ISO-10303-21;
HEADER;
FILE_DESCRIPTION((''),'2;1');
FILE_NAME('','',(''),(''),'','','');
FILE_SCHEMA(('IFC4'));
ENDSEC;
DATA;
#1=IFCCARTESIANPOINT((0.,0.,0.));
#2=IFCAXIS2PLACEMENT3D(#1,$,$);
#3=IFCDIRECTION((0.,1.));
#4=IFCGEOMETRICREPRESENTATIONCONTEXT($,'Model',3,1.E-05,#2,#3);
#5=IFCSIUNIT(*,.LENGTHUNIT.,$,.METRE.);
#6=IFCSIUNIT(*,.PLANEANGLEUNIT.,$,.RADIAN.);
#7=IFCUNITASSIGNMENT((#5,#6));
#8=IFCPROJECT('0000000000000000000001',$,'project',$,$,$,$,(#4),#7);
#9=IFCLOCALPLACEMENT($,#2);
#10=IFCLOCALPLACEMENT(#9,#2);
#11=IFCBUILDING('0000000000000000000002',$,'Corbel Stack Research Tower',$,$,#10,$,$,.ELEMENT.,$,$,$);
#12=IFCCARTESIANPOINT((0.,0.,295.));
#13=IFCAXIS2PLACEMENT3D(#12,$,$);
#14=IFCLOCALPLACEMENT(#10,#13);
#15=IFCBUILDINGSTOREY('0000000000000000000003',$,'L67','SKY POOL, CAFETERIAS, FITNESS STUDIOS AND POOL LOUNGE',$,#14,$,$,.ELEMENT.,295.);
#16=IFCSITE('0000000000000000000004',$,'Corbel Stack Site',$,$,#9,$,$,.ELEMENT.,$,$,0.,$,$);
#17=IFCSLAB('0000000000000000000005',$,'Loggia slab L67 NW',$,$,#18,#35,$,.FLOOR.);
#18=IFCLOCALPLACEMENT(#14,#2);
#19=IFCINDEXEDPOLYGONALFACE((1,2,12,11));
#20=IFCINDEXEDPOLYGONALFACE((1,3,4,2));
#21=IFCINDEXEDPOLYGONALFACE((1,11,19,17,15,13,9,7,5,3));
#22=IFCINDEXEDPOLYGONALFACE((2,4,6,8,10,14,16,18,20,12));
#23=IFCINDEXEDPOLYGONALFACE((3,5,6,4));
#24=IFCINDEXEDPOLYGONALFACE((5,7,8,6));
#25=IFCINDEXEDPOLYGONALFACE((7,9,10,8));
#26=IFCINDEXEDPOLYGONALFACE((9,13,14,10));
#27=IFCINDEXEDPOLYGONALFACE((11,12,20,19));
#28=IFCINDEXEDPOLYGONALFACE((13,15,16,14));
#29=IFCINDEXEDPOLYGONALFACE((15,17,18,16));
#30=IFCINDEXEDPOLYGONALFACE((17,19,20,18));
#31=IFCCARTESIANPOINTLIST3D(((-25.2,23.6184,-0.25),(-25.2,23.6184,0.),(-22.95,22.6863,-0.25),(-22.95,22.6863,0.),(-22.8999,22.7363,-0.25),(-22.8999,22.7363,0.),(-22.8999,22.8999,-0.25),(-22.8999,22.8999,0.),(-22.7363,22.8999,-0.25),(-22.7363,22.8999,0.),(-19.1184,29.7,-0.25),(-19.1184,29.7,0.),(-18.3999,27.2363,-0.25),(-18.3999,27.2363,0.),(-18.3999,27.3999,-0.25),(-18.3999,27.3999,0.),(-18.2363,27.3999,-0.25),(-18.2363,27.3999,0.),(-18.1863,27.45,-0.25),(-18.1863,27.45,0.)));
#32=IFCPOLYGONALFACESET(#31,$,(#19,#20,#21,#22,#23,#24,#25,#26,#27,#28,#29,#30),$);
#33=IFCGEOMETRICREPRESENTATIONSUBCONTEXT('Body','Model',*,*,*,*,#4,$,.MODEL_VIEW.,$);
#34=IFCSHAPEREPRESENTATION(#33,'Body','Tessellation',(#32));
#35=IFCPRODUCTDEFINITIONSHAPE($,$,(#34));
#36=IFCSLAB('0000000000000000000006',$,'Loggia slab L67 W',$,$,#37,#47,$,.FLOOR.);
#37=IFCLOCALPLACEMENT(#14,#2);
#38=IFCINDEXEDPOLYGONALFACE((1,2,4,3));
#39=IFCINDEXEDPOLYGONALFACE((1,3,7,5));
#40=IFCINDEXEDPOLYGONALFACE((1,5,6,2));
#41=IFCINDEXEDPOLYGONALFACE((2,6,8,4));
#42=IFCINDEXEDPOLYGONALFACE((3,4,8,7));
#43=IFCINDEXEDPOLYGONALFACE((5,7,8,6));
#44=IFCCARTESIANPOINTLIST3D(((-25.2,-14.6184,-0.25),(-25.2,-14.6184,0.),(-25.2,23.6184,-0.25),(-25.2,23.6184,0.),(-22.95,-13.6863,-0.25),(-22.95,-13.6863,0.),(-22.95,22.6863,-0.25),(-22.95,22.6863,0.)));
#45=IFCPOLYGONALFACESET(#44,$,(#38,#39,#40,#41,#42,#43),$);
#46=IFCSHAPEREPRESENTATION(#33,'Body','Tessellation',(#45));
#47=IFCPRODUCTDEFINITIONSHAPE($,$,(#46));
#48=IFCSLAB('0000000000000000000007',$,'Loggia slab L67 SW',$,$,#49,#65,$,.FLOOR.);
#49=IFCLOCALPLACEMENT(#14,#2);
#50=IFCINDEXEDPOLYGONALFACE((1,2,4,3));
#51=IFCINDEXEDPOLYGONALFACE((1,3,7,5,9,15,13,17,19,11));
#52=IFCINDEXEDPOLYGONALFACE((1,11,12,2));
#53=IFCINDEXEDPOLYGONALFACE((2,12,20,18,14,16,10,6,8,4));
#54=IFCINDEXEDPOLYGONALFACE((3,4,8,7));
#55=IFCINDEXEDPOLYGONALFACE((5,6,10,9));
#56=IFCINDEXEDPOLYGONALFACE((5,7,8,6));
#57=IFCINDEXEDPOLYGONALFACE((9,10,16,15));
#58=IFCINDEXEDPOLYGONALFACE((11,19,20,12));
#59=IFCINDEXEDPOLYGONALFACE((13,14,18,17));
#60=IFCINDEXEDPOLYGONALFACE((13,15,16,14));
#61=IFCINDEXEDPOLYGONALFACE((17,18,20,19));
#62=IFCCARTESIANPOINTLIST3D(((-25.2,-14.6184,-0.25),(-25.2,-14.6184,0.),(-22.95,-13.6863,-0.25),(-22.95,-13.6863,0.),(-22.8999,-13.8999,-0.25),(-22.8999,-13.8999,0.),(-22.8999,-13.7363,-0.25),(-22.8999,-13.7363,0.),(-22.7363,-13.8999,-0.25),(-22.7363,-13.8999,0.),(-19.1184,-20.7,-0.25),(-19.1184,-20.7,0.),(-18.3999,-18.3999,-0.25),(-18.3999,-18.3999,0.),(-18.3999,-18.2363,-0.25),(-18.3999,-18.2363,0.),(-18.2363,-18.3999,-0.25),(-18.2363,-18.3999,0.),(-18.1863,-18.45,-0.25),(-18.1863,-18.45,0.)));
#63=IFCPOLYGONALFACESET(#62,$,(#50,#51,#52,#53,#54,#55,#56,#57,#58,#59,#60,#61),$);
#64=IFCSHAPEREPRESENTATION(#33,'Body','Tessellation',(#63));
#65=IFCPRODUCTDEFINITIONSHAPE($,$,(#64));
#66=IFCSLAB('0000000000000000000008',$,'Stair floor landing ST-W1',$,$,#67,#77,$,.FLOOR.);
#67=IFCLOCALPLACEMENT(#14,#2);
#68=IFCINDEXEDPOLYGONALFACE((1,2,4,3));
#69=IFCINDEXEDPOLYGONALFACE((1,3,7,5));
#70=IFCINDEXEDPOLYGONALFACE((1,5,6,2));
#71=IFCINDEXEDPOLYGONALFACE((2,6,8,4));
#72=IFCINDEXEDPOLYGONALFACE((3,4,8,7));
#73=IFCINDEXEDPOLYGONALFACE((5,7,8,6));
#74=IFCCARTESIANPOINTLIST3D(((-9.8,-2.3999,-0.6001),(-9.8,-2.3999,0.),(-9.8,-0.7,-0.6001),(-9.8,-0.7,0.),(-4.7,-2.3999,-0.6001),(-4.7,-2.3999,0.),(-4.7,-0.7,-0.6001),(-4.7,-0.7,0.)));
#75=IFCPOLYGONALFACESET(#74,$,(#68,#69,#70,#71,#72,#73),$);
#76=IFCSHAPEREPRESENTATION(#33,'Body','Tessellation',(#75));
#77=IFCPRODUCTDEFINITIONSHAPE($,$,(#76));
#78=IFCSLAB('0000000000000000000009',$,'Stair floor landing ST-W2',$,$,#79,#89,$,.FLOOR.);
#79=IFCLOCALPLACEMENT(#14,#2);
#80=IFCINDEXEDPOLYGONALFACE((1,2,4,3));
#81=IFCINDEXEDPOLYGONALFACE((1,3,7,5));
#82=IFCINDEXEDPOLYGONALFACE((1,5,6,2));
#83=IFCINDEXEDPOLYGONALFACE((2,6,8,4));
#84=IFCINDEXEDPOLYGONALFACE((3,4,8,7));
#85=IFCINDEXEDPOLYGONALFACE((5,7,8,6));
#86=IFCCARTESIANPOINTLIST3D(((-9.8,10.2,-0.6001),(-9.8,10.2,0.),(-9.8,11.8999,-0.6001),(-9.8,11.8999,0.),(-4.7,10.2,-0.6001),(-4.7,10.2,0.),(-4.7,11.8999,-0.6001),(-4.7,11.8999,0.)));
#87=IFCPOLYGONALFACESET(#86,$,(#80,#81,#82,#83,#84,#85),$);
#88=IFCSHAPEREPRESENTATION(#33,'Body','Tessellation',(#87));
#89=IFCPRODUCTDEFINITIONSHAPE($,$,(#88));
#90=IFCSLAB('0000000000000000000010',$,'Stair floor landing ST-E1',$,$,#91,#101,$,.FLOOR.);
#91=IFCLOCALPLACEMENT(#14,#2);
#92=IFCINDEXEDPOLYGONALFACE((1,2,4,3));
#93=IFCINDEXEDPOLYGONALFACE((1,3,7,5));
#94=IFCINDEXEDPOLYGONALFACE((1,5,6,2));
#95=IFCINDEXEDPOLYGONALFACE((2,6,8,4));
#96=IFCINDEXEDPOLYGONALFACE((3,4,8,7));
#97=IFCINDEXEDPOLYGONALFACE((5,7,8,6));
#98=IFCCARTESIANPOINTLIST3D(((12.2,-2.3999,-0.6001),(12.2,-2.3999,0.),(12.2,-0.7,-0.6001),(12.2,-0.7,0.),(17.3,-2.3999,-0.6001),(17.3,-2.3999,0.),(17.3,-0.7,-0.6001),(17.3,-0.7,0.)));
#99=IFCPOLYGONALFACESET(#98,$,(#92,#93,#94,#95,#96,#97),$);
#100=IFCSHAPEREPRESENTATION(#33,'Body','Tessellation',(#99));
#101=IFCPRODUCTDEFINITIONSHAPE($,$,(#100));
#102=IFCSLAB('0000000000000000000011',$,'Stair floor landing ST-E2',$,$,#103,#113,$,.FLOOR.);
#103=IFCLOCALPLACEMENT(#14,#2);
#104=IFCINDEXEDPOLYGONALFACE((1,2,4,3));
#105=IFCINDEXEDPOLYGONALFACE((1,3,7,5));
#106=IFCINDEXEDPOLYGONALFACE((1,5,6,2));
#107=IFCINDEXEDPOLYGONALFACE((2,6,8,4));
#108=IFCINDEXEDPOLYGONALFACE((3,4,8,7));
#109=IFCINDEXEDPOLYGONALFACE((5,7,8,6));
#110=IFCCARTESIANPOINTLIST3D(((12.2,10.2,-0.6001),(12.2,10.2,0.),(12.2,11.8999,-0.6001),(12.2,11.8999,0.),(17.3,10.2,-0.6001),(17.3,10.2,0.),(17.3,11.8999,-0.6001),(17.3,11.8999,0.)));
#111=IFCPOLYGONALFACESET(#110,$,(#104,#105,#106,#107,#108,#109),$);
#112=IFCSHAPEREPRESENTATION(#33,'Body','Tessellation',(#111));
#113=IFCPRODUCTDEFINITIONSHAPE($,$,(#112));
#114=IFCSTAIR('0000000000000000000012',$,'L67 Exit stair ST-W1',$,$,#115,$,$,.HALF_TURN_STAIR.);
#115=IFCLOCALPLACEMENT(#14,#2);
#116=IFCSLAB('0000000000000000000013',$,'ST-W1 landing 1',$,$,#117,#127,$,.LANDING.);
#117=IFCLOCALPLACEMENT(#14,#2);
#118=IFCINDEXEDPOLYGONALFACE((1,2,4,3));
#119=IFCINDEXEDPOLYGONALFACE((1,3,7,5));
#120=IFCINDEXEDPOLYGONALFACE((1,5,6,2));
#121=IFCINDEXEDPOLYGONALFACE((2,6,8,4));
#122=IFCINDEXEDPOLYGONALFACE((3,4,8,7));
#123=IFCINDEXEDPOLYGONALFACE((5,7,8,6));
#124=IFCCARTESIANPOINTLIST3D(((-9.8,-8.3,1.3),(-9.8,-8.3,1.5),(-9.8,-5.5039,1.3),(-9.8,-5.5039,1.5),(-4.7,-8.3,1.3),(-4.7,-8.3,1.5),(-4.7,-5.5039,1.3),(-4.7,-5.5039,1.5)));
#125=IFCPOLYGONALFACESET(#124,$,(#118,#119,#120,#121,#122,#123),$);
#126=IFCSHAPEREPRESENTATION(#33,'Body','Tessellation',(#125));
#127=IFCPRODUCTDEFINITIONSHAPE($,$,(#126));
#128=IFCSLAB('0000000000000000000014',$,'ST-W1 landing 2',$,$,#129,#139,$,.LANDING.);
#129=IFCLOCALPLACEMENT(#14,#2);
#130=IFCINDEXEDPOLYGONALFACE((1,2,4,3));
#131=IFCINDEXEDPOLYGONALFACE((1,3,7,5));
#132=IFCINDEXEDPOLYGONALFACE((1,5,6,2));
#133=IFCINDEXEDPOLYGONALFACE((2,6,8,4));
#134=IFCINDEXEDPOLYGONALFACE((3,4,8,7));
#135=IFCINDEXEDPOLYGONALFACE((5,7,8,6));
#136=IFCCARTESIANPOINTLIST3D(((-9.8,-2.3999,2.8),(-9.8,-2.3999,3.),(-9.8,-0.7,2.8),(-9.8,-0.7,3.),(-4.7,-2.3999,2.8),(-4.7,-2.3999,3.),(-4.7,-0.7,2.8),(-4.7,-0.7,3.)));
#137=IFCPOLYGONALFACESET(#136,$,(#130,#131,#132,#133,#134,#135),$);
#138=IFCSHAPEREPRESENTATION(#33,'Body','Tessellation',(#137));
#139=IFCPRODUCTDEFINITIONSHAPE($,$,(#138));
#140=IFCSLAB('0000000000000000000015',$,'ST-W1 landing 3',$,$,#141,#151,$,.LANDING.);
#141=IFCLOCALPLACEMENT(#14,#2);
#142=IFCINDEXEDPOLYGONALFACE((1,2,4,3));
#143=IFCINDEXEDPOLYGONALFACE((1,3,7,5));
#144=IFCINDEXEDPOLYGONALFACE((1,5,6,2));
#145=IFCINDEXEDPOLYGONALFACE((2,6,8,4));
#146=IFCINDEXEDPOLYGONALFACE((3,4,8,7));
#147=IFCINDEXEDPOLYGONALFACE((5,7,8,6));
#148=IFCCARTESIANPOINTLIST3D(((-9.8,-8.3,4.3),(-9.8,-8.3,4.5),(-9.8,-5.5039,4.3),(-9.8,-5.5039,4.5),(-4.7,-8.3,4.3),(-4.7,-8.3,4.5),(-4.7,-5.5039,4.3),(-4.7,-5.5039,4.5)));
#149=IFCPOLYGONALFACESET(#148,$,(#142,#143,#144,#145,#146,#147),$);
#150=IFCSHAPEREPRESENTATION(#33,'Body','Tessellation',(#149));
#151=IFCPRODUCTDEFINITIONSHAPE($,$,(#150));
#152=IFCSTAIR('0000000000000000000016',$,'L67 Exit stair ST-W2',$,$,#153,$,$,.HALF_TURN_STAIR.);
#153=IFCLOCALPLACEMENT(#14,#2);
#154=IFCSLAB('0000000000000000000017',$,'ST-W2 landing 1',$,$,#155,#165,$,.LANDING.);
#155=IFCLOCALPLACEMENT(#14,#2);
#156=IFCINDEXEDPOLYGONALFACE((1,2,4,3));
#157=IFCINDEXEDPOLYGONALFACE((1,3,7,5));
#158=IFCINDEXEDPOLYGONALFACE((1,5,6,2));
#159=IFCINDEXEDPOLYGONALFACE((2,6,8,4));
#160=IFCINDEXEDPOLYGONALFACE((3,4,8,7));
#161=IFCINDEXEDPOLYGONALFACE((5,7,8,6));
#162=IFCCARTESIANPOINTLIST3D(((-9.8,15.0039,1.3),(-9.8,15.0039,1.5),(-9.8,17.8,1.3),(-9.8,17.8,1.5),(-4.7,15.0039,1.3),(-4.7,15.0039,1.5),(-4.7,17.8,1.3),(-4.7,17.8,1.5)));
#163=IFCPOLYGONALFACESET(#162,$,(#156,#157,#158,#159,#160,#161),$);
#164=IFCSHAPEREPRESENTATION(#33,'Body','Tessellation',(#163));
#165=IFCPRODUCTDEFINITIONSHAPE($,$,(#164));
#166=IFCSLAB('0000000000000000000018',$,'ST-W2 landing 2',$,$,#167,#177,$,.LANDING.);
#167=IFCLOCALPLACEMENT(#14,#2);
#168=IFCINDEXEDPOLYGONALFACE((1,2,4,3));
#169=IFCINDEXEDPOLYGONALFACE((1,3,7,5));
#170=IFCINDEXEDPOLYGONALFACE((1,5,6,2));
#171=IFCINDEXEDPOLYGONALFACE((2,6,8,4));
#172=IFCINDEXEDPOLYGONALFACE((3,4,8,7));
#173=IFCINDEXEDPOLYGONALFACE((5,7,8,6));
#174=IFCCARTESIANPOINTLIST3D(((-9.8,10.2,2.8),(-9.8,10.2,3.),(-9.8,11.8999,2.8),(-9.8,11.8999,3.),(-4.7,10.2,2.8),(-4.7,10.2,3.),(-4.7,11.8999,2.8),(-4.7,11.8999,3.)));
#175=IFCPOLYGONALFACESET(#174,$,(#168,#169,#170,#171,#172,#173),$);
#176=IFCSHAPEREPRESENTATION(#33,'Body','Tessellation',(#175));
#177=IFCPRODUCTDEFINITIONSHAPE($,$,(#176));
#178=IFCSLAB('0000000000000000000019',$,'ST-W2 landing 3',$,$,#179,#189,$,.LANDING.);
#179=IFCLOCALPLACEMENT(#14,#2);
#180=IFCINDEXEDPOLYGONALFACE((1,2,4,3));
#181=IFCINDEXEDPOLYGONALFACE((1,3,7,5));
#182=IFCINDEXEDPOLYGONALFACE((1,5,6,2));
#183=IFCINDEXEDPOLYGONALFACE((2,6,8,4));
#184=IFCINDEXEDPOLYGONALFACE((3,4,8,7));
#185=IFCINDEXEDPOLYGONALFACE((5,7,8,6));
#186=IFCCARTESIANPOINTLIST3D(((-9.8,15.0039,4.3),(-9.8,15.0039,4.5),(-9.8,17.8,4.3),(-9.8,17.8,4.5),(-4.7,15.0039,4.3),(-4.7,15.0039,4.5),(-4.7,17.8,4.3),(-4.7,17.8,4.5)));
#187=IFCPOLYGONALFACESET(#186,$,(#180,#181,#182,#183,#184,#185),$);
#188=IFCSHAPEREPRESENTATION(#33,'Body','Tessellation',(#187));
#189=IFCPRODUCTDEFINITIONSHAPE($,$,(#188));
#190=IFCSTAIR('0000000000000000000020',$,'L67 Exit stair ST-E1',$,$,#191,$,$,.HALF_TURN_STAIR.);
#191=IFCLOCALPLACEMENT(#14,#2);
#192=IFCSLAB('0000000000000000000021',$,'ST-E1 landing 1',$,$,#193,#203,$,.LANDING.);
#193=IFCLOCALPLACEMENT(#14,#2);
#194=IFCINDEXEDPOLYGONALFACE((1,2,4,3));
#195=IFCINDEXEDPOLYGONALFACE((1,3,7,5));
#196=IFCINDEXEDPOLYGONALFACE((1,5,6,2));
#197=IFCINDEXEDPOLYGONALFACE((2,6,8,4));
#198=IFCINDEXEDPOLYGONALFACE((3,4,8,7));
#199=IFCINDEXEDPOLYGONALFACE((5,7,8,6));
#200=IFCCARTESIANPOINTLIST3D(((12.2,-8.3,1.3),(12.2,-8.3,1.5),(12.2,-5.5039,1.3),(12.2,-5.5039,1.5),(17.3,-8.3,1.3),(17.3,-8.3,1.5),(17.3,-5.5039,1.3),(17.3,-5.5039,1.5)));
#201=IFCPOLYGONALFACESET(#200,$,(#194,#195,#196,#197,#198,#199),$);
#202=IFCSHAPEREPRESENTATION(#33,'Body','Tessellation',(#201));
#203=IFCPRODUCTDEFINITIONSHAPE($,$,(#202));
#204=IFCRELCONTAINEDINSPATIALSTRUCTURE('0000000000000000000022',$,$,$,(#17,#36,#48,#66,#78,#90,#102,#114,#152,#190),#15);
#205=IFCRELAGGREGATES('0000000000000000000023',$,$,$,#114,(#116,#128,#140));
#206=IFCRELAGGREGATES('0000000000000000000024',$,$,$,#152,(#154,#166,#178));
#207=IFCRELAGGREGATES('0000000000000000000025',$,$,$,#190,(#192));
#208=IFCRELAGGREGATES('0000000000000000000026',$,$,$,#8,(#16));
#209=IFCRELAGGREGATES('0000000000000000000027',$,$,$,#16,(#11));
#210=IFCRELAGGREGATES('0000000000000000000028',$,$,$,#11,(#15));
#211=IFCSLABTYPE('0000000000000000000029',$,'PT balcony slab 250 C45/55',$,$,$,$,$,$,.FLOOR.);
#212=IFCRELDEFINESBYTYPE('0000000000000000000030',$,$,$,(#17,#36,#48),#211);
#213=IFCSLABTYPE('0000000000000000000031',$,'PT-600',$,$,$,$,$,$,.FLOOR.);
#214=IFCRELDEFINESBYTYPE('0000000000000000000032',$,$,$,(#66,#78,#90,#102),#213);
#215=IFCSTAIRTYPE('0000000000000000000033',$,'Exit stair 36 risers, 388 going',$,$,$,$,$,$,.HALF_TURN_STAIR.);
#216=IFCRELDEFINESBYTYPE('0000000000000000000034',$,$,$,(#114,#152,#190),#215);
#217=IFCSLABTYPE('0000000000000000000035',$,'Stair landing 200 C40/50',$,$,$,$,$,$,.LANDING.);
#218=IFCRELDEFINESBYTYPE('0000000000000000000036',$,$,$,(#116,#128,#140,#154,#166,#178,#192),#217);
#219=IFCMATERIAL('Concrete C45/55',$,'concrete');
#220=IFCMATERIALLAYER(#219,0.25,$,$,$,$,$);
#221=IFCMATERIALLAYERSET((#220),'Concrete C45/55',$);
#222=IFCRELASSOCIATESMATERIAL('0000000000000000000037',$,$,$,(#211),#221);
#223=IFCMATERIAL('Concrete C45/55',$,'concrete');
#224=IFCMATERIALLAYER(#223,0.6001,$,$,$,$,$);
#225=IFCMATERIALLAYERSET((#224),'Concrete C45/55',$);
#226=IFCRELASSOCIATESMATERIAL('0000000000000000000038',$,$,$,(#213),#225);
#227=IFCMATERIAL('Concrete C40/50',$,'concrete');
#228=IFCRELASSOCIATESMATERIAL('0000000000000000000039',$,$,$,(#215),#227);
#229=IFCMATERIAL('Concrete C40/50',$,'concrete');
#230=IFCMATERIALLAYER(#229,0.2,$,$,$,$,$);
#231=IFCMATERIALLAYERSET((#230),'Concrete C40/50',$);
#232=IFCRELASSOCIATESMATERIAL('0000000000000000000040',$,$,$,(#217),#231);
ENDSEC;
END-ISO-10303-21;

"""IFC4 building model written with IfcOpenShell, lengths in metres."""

from ifc_helpers import new_model, si_unit, direction, frame, origin, place, context, subcontext, project, spatial, polyline, outline, extrude, material, layer, layer_set, type_object, element, aggregate, save


model = new_model("IFC4")

# Units and contexts
model_context = context("Model", 3, precision=1e-05, world=origin(), true_north=direction((0.0, 1.0)))
body_context = subcontext(model_context, "Body", "Model", "MODEL_VIEW")
ifc_project = project(units=[si_unit("LENGTHUNIT", "METRE"), si_unit("PLANEANGLEUNIT", "RADIAN")], contexts=[model_context])

# Site, building, storey
site_placement = place(None, origin())
site = spatial("IfcSite", under=ifc_project, at=site_placement, Name="Corbel Stack Site", CompositionType="ELEMENT", RefElevation=0.0)
building_placement = place(site_placement, origin())
building = spatial("IfcBuilding", under=site, at=building_placement, Name="Corbel Stack Research Tower", CompositionType="ELEMENT")
storey_placement = place(building_placement, frame((0.0, 0.0, 295.0)))
storey = spatial("IfcBuildingStorey", under=building, at=storey_placement, Name="L67", Description="SKY POOL, CAFETERIAS, FITNESS STUDIOS AND POOL LOUNGE", CompositionType="ELEMENT", Elevation=295.0)

# Slabs
ifc_material_1 = material(Name="Concrete C45/55", Category="concrete")
ifc_layer_1 = layer(ifc_material_1, 0.25)
ifc_layer_set_1 = layer_set([ifc_layer_1], Name="Concrete C45/55")
slab_type_1 = type_object("IfcSlabType", Name="PT balcony slab 250 C45/55", PredefinedType="FLOOR", material=ifc_layer_set_1)
slab_1_placement = place(storey_placement, frame((0.0, 0.0, -0.25)))
element("IfcSlab", 1, at=slab_1_placement, inside=storey, type_object=slab_type_1, Name="Loggia slab L67 NW", PredefinedType="FLOOR", context=body_context, shape_type="SweptSolid", body=[
    extrude(outline(polyline([(-22.95, 22.6863), (-22.8999, 22.7363), (-22.8999, 22.8999), (-22.7363, 22.8999), (-18.3999, 27.2363), (-18.3999, 27.3999), (-18.2363, 27.3999), (-18.1863, 27.45), (-19.1184, 29.7), (-25.2, 23.6184), (-22.95, 22.6863)])), origin(), (0.0, 0.0, 1.0), 0.25),
])
slab_2_placement = place(storey_placement, frame((0.0, 0.0, -0.25)))
element("IfcSlab", 2, at=slab_2_placement, inside=storey, type_object=slab_type_1, Name="Loggia slab L67 W", PredefinedType="FLOOR", context=body_context, shape_type="SweptSolid", body=[
    extrude(outline(polyline([(-22.95, -13.6863), (-22.95, 22.6863), (-25.2, 23.6184), (-25.2, -14.6184), (-22.95, -13.6863)])), origin(), (0.0, 0.0, 1.0), 0.25),
])
slab_3_placement = place(storey_placement, frame((0.0, 0.0, -0.25)))
element("IfcSlab", 3, at=slab_3_placement, inside=storey, type_object=slab_type_1, Name="Loggia slab L67 SW", PredefinedType="FLOOR", context=body_context, shape_type="SweptSolid", body=[
    extrude(outline(polyline([(-18.1863, -18.45), (-18.2363, -18.3999), (-18.3999, -18.3999), (-18.3999, -18.2363), (-22.7363, -13.8999), (-22.8999, -13.8999), (-22.8999, -13.7363), (-22.95, -13.6863), (-25.2, -14.6184), (-19.1184, -20.7), (-18.1863, -18.45)])), origin(), (0.0, 0.0, 1.0), 0.25),
])
ifc_material_2 = material(Name="Concrete C45/55", Category="concrete")
ifc_layer_2 = layer(ifc_material_2, 0.6001)
ifc_layer_set_2 = layer_set([ifc_layer_2], Name="Concrete C45/55")
slab_type_2 = type_object("IfcSlabType", Name="PT-600", PredefinedType="FLOOR", material=ifc_layer_set_2)
slab_4_placement = place(storey_placement, frame((0.0, 0.0, -0.6001)))
element("IfcSlab", 4, at=slab_4_placement, inside=storey, type_object=slab_type_2, Name="Stair floor landing ST-W1", PredefinedType="FLOOR", context=body_context, shape_type="SweptSolid", body=[
    extrude(outline(polyline([(-9.8, -2.3999), (-4.7, -2.3999), (-4.7, -0.7), (-9.8, -0.7), (-9.8, -2.3999)])), origin(), (0.0, 0.0, 1.0), 0.6001),
])
slab_5_placement = place(storey_placement, frame((0.0, 0.0, -0.6001)))
element("IfcSlab", 5, at=slab_5_placement, inside=storey, type_object=slab_type_2, Name="Stair floor landing ST-W2", PredefinedType="FLOOR", context=body_context, shape_type="SweptSolid", body=[
    extrude(outline(polyline([(-9.8, 10.2), (-4.7, 10.2), (-4.7, 11.8999), (-9.8, 11.8999), (-9.8, 10.2)])), origin(), (0.0, 0.0, 1.0), 0.6001),
])
slab_6_placement = place(storey_placement, frame((0.0, 0.0, -0.6001)))
element("IfcSlab", 6, at=slab_6_placement, inside=storey, type_object=slab_type_2, Name="Stair floor landing ST-E1", PredefinedType="FLOOR", context=body_context, shape_type="SweptSolid", body=[
    extrude(outline(polyline([(12.2, -2.3999), (17.3, -2.3999), (17.3, -0.7), (12.2, -0.7), (12.2, -2.3999)])), origin(), (0.0, 0.0, 1.0), 0.6001),
])
slab_7_placement = place(storey_placement, frame((0.0, 0.0, -0.6001)))
element("IfcSlab", 7, at=slab_7_placement, inside=storey, type_object=slab_type_2, Name="Stair floor landing ST-E2", PredefinedType="FLOOR", context=body_context, shape_type="SweptSolid", body=[
    extrude(outline(polyline([(12.2, 10.2), (17.3, 10.2), (17.3, 11.8999), (12.2, 11.8999), (12.2, 10.2)])), origin(), (0.0, 0.0, 1.0), 0.6001),
])

# Stairs, slabs
ifc_material_3 = material(Name="Concrete C40/50", Category="concrete")
stair_type = type_object("IfcStairType", Name="Exit stair 36 risers, 388 going", PredefinedType="HALF_TURN_STAIR", material=ifc_material_3)
stair_1_placement = place(storey_placement, origin())
stair_1 = element("IfcStair", 8, at=stair_1_placement, inside=storey, type_object=stair_type, Name="L67 Exit stair ST-W1", PredefinedType="HALF_TURN_STAIR")
ifc_material_4 = material(Name="Concrete C40/50", Category="concrete")
ifc_layer_3 = layer(ifc_material_4, 0.2)
ifc_layer_set_3 = layer_set([ifc_layer_3], Name="Concrete C40/50")
slab_type_3 = type_object("IfcSlabType", Name="Stair landing 200 C40/50", PredefinedType="LANDING", material=ifc_layer_set_3)
slab_8_placement = place(storey_placement, frame((0.0, 0.0, 1.3)))
slab_8 = element("IfcSlab", 9, at=slab_8_placement, type_object=slab_type_3, Name="ST-W1 landing 1", PredefinedType="LANDING", context=body_context, shape_type="SweptSolid", body=[
    extrude(outline(polyline([(-9.8, -8.3), (-9.8, -5.5039), (-4.7, -5.5039), (-4.7, -8.3), (-9.8, -8.3)])), origin(), (0.0, 0.0, 1.0), 0.2),
])
slab_9_placement = place(storey_placement, frame((0.0, 0.0, 2.8)))
slab_9 = element("IfcSlab", 10, at=slab_9_placement, type_object=slab_type_3, Name="ST-W1 landing 2", PredefinedType="LANDING", context=body_context, shape_type="SweptSolid", body=[
    extrude(outline(polyline([(-9.8, -2.3999), (-9.8, -0.7), (-4.7, -0.7), (-4.7, -2.3999), (-9.8, -2.3999)])), origin(), (0.0, 0.0, 1.0), 0.2),
])
slab_10_placement = place(storey_placement, frame((0.0, 0.0, 4.3)))
slab_10 = element("IfcSlab", 11, at=slab_10_placement, type_object=slab_type_3, Name="ST-W1 landing 3", PredefinedType="LANDING", context=body_context, shape_type="SweptSolid", body=[
    extrude(outline(polyline([(-9.8, -8.3), (-9.8, -5.5039), (-4.7, -5.5039), (-4.7, -8.3), (-9.8, -8.3)])), origin(), (0.0, 0.0, 1.0), 0.2),
])
aggregate(stair_1, [slab_8, slab_9, slab_10])
stair_2_placement = place(storey_placement, origin())
stair_2 = element("IfcStair", 12, at=stair_2_placement, inside=storey, type_object=stair_type, Name="L67 Exit stair ST-W2", PredefinedType="HALF_TURN_STAIR")
slab_11_placement = place(storey_placement, frame((0.0, 0.0, 1.3)))
slab_11 = element("IfcSlab", 13, at=slab_11_placement, type_object=slab_type_3, Name="ST-W2 landing 1", PredefinedType="LANDING", context=body_context, shape_type="SweptSolid", body=[
    extrude(outline(polyline([(-9.8, 15.0039), (-9.8, 17.8), (-4.7, 17.8), (-4.7, 15.0039), (-9.8, 15.0039)])), origin(), (0.0, 0.0, 1.0), 0.2),
])
slab_12_placement = place(storey_placement, frame((0.0, 0.0, 2.8)))
slab_12 = element("IfcSlab", 14, at=slab_12_placement, type_object=slab_type_3, Name="ST-W2 landing 2", PredefinedType="LANDING", context=body_context, shape_type="SweptSolid", body=[
    extrude(outline(polyline([(-9.8, 10.2), (-9.8, 11.8999), (-4.7, 11.8999), (-4.7, 10.2), (-9.8, 10.2)])), origin(), (0.0, 0.0, 1.0), 0.2),
])
slab_13_placement = place(storey_placement, frame((0.0, 0.0, 4.3)))
slab_13 = element("IfcSlab", 15, at=slab_13_placement, type_object=slab_type_3, Name="ST-W2 landing 3", PredefinedType="LANDING", context=body_context, shape_type="SweptSolid", body=[
    extrude(outline(polyline([(-9.8, 15.0039), (-9.8, 17.8), (-4.7, 17.8), (-4.7, 15.0039), (-9.8, 15.0039)])), origin(), (0.0, 0.0, 1.0), 0.2),
])
aggregate(stair_2, [slab_11, slab_12, slab_13])
stair_3_placement = place(storey_placement, origin())
stair_3 = element("IfcStair", 16, at=stair_3_placement, inside=storey, type_object=stair_type, Name="L67 Exit stair ST-E1", PredefinedType="HALF_TURN_STAIR")
slab_14_placement = place(storey_placement, frame((0.0, 0.0, 1.3)))
slab_14 = element("IfcSlab", 17, at=slab_14_placement, type_object=slab_type_3, Name="ST-E1 landing 1", PredefinedType="LANDING", context=body_context, shape_type="SweptSolid", body=[
    extrude(outline(polyline([(12.2, -8.3), (12.2, -5.5039), (17.3, -5.5039), (17.3, -8.3), (12.2, -8.3)])), origin(), (0.0, 0.0, 1.0), 0.2),
])
aggregate(stair_3, [slab_14])

save(model, "model.ifc")
